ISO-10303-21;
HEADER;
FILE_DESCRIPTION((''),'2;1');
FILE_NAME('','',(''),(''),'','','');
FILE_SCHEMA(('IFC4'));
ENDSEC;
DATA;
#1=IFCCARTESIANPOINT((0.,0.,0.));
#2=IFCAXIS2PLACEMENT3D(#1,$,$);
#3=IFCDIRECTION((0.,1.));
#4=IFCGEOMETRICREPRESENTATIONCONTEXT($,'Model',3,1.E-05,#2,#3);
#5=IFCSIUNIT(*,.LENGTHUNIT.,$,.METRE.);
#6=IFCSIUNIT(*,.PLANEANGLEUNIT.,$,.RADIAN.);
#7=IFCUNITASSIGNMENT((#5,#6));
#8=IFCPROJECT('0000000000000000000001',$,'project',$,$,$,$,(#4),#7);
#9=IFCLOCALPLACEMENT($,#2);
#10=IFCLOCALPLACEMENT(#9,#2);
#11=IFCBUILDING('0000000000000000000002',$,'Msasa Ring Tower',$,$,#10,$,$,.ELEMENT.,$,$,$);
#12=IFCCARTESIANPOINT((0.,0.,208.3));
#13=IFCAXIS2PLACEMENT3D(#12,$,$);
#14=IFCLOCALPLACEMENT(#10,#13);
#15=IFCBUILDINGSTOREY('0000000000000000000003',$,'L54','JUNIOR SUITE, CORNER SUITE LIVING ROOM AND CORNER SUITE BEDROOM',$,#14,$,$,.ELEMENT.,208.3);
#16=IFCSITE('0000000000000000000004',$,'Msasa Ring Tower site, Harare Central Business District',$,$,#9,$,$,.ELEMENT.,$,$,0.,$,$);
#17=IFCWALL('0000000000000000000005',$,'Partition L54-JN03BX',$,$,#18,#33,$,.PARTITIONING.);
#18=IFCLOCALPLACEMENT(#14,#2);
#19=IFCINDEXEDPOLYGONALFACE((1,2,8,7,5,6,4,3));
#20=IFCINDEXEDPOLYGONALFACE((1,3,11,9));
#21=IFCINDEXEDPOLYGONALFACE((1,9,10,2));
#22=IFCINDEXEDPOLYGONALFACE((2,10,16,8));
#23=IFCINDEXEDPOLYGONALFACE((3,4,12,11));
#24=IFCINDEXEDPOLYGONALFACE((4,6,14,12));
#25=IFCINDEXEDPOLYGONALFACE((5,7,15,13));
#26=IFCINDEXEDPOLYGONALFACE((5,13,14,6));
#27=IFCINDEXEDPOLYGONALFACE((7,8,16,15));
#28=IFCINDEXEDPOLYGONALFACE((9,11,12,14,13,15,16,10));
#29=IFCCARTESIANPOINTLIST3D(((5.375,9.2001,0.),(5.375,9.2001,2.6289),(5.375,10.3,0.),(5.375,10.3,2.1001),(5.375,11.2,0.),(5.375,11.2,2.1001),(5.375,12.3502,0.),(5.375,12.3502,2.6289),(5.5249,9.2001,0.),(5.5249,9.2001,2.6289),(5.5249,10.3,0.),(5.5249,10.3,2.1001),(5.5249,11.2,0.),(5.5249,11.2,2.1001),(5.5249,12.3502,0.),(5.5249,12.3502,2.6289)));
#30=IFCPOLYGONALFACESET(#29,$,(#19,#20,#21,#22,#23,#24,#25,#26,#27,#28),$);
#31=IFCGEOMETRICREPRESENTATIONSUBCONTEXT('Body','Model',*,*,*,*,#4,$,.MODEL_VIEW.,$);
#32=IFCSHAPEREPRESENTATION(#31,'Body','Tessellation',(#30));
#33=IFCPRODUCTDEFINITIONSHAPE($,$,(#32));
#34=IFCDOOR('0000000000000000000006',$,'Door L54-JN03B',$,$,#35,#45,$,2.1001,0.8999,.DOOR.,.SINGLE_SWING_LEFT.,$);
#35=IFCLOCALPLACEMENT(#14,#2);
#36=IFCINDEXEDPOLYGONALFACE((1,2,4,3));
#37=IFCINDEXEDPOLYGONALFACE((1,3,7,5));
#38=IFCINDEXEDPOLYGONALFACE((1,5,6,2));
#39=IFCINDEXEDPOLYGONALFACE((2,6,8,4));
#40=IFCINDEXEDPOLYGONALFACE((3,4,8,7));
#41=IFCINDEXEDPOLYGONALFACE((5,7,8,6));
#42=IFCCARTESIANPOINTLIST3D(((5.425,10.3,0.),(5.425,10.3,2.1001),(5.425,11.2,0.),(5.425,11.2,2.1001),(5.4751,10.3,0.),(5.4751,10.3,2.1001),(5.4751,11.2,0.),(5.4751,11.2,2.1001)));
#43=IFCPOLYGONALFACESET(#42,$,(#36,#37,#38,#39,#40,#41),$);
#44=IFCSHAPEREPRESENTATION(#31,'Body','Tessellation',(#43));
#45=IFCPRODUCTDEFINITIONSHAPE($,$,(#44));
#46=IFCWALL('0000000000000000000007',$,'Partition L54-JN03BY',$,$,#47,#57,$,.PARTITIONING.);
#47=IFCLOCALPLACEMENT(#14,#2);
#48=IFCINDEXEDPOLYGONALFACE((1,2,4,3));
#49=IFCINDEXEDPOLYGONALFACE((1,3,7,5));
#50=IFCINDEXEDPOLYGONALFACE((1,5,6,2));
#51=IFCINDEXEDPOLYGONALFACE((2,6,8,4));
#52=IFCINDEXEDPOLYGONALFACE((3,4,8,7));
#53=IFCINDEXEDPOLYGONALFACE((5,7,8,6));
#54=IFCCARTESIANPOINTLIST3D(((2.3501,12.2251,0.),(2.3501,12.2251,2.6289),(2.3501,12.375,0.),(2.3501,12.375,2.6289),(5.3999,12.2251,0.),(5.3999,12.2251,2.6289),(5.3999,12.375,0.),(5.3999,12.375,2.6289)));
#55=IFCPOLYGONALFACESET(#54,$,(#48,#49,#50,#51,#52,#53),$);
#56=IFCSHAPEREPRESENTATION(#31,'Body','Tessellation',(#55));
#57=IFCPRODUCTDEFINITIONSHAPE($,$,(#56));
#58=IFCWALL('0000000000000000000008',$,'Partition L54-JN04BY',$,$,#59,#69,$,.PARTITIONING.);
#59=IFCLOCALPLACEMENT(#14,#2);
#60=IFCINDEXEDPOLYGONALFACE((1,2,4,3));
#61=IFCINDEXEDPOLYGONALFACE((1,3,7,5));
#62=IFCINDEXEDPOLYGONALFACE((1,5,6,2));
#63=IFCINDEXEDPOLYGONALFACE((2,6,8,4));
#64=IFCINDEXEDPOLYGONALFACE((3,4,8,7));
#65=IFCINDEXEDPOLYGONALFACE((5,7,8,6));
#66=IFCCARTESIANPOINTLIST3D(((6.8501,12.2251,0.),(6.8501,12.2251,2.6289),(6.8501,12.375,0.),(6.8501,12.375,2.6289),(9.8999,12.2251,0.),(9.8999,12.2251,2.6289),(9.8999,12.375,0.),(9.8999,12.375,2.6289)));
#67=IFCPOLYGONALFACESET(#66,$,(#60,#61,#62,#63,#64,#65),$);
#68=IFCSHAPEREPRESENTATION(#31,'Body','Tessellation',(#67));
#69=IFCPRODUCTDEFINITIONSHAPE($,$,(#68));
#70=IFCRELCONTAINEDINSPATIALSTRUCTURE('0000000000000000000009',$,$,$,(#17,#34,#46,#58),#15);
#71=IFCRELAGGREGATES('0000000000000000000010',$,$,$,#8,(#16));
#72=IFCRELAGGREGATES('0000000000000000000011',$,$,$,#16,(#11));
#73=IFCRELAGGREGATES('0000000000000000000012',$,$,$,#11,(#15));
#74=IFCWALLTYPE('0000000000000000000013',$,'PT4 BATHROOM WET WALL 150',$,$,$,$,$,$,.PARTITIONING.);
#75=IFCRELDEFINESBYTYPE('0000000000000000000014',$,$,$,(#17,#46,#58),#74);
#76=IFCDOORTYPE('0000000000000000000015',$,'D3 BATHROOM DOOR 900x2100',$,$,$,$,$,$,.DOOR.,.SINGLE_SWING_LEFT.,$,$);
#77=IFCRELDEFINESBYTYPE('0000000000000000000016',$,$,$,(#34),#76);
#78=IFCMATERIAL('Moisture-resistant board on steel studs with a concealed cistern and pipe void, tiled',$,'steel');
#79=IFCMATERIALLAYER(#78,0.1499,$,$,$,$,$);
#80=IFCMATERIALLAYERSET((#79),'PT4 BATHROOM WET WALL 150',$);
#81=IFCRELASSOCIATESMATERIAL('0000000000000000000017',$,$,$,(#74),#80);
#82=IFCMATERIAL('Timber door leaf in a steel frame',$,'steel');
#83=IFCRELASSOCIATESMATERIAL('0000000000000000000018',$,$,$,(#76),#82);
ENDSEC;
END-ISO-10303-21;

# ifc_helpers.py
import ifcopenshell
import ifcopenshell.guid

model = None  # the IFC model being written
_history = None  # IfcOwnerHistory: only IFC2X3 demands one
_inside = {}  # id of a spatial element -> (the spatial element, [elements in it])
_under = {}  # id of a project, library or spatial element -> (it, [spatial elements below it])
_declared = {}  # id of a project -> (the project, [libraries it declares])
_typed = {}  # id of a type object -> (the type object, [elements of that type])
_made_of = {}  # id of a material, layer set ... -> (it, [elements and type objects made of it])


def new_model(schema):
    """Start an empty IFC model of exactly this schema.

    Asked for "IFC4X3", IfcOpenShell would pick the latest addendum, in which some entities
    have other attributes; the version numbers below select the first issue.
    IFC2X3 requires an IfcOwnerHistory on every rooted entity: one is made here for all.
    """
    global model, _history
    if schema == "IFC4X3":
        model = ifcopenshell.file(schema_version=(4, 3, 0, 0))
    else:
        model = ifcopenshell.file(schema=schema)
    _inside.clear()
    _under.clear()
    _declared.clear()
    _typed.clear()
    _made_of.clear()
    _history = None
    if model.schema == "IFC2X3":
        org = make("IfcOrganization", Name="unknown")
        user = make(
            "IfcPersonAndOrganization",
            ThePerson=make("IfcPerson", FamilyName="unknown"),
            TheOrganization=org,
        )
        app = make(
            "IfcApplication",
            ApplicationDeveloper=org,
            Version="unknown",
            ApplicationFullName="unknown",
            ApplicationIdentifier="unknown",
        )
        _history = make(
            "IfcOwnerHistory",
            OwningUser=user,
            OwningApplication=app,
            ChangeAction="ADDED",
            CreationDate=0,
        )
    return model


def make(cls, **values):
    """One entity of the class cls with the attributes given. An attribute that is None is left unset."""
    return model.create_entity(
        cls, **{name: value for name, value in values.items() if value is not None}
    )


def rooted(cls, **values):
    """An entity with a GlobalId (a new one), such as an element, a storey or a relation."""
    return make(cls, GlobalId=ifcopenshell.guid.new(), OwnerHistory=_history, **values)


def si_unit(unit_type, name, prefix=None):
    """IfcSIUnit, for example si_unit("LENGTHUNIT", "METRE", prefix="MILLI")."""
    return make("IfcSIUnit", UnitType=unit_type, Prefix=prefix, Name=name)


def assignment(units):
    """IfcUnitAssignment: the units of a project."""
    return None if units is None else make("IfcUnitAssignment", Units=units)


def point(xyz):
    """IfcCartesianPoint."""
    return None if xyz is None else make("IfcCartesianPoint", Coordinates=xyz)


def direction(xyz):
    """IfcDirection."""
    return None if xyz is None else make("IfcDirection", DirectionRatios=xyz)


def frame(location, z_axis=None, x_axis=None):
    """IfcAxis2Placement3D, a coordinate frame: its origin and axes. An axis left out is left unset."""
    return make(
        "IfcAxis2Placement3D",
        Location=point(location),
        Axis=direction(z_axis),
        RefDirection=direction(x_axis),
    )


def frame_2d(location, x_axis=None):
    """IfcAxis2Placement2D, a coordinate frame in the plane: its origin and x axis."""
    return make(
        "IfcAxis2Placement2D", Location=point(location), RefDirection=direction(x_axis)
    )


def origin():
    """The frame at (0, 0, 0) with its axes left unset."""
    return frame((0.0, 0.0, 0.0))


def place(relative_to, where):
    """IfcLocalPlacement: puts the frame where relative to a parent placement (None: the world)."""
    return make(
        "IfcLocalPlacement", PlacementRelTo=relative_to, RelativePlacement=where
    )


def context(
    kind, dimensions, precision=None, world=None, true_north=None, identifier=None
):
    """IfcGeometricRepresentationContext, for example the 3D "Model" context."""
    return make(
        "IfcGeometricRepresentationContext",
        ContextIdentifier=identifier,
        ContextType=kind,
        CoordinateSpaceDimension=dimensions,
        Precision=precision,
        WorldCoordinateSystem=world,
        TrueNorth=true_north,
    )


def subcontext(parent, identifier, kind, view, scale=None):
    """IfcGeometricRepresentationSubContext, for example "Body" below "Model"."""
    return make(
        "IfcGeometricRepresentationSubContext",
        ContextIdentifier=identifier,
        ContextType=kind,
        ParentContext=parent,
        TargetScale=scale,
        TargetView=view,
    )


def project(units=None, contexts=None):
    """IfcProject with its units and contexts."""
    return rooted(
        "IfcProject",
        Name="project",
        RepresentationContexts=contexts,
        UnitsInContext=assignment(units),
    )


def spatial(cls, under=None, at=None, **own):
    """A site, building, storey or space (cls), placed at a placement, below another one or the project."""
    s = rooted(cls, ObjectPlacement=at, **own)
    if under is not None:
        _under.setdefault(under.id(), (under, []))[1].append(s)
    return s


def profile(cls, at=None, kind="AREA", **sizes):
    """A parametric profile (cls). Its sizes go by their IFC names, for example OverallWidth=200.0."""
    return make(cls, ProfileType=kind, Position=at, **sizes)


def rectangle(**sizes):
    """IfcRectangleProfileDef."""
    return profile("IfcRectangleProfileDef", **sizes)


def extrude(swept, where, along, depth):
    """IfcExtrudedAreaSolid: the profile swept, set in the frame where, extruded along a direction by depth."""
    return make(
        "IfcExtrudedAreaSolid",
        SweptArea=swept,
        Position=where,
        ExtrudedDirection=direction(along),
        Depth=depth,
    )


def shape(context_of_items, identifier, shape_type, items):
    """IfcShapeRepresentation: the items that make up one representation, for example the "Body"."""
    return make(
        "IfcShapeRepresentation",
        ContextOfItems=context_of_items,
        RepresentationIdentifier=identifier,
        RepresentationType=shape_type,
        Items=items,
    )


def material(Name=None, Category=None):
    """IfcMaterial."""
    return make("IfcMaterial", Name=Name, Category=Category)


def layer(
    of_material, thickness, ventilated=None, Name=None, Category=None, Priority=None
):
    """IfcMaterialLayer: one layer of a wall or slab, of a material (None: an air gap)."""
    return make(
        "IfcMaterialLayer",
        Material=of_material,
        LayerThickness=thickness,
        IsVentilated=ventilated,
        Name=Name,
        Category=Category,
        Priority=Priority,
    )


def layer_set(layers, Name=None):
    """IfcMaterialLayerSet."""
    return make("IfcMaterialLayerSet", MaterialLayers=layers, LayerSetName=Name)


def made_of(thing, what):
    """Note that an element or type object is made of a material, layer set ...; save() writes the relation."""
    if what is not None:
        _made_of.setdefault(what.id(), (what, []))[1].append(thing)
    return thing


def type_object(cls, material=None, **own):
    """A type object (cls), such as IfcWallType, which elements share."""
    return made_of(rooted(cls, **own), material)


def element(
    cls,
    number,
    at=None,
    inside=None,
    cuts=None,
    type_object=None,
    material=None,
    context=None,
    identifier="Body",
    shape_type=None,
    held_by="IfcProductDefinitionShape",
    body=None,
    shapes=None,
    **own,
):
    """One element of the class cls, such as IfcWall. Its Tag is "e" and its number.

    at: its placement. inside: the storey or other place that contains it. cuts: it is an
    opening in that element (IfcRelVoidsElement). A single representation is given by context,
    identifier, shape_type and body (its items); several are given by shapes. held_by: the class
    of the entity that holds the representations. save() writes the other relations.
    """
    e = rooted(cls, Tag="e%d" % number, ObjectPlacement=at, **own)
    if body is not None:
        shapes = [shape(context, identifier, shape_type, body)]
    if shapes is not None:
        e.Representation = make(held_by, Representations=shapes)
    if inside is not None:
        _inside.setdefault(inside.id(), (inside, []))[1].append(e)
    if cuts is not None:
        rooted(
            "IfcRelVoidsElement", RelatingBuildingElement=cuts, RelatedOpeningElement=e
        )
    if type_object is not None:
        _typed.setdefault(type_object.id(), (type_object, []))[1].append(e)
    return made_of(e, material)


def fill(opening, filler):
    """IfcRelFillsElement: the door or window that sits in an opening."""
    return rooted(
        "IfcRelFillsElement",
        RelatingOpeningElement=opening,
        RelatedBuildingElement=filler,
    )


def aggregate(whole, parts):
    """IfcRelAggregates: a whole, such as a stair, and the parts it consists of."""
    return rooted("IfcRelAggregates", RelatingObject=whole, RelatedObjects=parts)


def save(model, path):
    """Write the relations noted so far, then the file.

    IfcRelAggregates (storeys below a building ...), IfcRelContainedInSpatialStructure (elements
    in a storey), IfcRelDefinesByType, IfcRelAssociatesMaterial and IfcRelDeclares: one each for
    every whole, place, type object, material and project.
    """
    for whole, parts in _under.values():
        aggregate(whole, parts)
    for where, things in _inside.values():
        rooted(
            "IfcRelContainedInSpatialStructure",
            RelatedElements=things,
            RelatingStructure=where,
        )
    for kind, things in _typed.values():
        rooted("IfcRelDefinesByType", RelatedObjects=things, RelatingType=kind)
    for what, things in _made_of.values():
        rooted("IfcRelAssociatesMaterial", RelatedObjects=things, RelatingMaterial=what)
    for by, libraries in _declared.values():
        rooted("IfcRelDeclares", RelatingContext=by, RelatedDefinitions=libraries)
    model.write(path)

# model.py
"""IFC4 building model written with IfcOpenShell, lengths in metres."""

from ifc_helpers import new_model, si_unit, direction, frame, frame_2d, origin, place, context, subcontext, project, spatial, rectangle, extrude, material, layer, layer_set, type_object, element, fill, save


model = new_model("IFC4")

# Units and contexts
model_context = context("Model", 3, precision=1e-05, world=origin(), true_north=direction((0.0, 1.0)))
body_context = subcontext(model_context, "Body", "Model", "MODEL_VIEW")
ifc_project = project(units=[si_unit("LENGTHUNIT", "METRE"), si_unit("PLANEANGLEUNIT", "RADIAN")], contexts=[model_context])

# Site, building, storey
site_placement = place(None, origin())
site = spatial("IfcSite", under=ifc_project, at=site_placement, Name="Msasa Ring Tower site, Harare Central Business District", CompositionType="ELEMENT", RefElevation=0.0)
building_placement = place(site_placement, origin())
building = spatial("IfcBuilding", under=site, at=building_placement, Name="Msasa Ring Tower", CompositionType="ELEMENT")
storey_placement = place(building_placement, frame((0.0, 0.0, 208.3)))
storey = spatial("IfcBuildingStorey", under=building, at=storey_placement, Name="L54", Description="JUNIOR SUITE, CORNER SUITE LIVING ROOM AND CORNER SUITE BEDROOM", CompositionType="ELEMENT", Elevation=208.3)

# Wall, opening, door
ifc_material_1 = material(Name="Moisture-resistant board on steel studs with a concealed cistern and pipe void, tiled", Category="steel")
ifc_layer_1 = layer(ifc_material_1, 0.1499)
ifc_layer_set_1 = layer_set([ifc_layer_1], Name="PT4 BATHROOM WET WALL 150")
wall_type_1 = type_object("IfcWallType", Name="PT4 BATHROOM WET WALL 150", PredefinedType="PARTITIONING", material=ifc_layer_set_1)
ifc_material_2 = material(Name="Timber door leaf in a steel frame", Category="steel")
door_type_1 = type_object("IfcDoorType", Name="D3 BATHROOM DOOR 900x2100", OperationType="SINGLE_SWING_LEFT", PredefinedType="DOOR", material=ifc_material_2)
wall_1_placement = place(storey_placement, frame((5.45, 9.2, 0.0), z_axis=(0.0, 0.0, 1.0), x_axis=(0.0, 1.0, 0.0)))
wall_1 = element("IfcWall", 1, at=wall_1_placement, inside=storey, type_object=wall_type_1, Name="Partition L54-JN03BX", PredefinedType="PARTITIONING", context=body_context, shape_type="SweptSolid", body=[
    extrude(rectangle(XDim=3.1501, YDim=0.1499, at=frame_2d((1.5752, 0.0))), origin(), (0.0, 0.0, 1.0), 2.6289),
])
opening_1_placement = place(wall_1_placement, frame((1.1001, 0.0, 0.0)))
opening_1 = element("IfcOpeningElement", 2, at=opening_1_placement, cuts=wall_1, PredefinedType="OPENING", context=body_context, shape_type="SweptSolid", body=[
    extrude(rectangle(XDim=0.8999, YDim=2.1001, at=frame_2d((0.45, 1.05))), frame((0.0, 0.085, 0.0), z_axis=(0.0, -1.0, 0.0), x_axis=(1.0, 0.0, 0.0)), (0.0, 0.0, 1.0), 0.1699),
])
door_1_placement = place(opening_1_placement, origin())
door_1 = element("IfcDoor", 3, at=door_1_placement, inside=storey, type_object=door_type_1, Name="Door L54-JN03B", OperationType="SINGLE_SWING_LEFT", OverallHeight=2.1001, OverallWidth=0.8999, PredefinedType="DOOR", context=body_context, shape_type="SweptSolid", body=[
    extrude(rectangle(XDim=0.8999, YDim=2.1001, at=frame_2d((0.45, 1.05))), frame((0.0, 0.0249, 0.0), z_axis=(0.0, -1.0, 0.0), x_axis=(1.0, 0.0, 0.0)), (0.0, 0.0, 1.0), 0.05),
])
fill(opening_1, door_1)

# Walls
for number, where, z_axis, x_axis, name in (
    (4, (2.3501, 12.3, 0.0), (0.0, 0.0, 1.0), (1.0, 0.0, 0.0), "Partition L54-JN03BY"),
    (5, (6.8501, 12.3, 0.0), (0.0, 0.0, 1.0), (1.0, 0.0, 0.0), "Partition L54-JN04BY"),
):
    element("IfcWall", number, at=place(storey_placement, frame(where, z_axis=z_axis, x_axis=x_axis)), inside=storey, type_object=wall_type_1, Name=name, PredefinedType="PARTITIONING", context=body_context, shape_type="SweptSolid", body=[
        extrude(rectangle(XDim=3.0498, YDim=0.1499, at=frame_2d((1.5249, 0.0))), origin(), (0.0, 0.0, 1.0), 2.6289),
    ])

save(model, "model.ifc")
